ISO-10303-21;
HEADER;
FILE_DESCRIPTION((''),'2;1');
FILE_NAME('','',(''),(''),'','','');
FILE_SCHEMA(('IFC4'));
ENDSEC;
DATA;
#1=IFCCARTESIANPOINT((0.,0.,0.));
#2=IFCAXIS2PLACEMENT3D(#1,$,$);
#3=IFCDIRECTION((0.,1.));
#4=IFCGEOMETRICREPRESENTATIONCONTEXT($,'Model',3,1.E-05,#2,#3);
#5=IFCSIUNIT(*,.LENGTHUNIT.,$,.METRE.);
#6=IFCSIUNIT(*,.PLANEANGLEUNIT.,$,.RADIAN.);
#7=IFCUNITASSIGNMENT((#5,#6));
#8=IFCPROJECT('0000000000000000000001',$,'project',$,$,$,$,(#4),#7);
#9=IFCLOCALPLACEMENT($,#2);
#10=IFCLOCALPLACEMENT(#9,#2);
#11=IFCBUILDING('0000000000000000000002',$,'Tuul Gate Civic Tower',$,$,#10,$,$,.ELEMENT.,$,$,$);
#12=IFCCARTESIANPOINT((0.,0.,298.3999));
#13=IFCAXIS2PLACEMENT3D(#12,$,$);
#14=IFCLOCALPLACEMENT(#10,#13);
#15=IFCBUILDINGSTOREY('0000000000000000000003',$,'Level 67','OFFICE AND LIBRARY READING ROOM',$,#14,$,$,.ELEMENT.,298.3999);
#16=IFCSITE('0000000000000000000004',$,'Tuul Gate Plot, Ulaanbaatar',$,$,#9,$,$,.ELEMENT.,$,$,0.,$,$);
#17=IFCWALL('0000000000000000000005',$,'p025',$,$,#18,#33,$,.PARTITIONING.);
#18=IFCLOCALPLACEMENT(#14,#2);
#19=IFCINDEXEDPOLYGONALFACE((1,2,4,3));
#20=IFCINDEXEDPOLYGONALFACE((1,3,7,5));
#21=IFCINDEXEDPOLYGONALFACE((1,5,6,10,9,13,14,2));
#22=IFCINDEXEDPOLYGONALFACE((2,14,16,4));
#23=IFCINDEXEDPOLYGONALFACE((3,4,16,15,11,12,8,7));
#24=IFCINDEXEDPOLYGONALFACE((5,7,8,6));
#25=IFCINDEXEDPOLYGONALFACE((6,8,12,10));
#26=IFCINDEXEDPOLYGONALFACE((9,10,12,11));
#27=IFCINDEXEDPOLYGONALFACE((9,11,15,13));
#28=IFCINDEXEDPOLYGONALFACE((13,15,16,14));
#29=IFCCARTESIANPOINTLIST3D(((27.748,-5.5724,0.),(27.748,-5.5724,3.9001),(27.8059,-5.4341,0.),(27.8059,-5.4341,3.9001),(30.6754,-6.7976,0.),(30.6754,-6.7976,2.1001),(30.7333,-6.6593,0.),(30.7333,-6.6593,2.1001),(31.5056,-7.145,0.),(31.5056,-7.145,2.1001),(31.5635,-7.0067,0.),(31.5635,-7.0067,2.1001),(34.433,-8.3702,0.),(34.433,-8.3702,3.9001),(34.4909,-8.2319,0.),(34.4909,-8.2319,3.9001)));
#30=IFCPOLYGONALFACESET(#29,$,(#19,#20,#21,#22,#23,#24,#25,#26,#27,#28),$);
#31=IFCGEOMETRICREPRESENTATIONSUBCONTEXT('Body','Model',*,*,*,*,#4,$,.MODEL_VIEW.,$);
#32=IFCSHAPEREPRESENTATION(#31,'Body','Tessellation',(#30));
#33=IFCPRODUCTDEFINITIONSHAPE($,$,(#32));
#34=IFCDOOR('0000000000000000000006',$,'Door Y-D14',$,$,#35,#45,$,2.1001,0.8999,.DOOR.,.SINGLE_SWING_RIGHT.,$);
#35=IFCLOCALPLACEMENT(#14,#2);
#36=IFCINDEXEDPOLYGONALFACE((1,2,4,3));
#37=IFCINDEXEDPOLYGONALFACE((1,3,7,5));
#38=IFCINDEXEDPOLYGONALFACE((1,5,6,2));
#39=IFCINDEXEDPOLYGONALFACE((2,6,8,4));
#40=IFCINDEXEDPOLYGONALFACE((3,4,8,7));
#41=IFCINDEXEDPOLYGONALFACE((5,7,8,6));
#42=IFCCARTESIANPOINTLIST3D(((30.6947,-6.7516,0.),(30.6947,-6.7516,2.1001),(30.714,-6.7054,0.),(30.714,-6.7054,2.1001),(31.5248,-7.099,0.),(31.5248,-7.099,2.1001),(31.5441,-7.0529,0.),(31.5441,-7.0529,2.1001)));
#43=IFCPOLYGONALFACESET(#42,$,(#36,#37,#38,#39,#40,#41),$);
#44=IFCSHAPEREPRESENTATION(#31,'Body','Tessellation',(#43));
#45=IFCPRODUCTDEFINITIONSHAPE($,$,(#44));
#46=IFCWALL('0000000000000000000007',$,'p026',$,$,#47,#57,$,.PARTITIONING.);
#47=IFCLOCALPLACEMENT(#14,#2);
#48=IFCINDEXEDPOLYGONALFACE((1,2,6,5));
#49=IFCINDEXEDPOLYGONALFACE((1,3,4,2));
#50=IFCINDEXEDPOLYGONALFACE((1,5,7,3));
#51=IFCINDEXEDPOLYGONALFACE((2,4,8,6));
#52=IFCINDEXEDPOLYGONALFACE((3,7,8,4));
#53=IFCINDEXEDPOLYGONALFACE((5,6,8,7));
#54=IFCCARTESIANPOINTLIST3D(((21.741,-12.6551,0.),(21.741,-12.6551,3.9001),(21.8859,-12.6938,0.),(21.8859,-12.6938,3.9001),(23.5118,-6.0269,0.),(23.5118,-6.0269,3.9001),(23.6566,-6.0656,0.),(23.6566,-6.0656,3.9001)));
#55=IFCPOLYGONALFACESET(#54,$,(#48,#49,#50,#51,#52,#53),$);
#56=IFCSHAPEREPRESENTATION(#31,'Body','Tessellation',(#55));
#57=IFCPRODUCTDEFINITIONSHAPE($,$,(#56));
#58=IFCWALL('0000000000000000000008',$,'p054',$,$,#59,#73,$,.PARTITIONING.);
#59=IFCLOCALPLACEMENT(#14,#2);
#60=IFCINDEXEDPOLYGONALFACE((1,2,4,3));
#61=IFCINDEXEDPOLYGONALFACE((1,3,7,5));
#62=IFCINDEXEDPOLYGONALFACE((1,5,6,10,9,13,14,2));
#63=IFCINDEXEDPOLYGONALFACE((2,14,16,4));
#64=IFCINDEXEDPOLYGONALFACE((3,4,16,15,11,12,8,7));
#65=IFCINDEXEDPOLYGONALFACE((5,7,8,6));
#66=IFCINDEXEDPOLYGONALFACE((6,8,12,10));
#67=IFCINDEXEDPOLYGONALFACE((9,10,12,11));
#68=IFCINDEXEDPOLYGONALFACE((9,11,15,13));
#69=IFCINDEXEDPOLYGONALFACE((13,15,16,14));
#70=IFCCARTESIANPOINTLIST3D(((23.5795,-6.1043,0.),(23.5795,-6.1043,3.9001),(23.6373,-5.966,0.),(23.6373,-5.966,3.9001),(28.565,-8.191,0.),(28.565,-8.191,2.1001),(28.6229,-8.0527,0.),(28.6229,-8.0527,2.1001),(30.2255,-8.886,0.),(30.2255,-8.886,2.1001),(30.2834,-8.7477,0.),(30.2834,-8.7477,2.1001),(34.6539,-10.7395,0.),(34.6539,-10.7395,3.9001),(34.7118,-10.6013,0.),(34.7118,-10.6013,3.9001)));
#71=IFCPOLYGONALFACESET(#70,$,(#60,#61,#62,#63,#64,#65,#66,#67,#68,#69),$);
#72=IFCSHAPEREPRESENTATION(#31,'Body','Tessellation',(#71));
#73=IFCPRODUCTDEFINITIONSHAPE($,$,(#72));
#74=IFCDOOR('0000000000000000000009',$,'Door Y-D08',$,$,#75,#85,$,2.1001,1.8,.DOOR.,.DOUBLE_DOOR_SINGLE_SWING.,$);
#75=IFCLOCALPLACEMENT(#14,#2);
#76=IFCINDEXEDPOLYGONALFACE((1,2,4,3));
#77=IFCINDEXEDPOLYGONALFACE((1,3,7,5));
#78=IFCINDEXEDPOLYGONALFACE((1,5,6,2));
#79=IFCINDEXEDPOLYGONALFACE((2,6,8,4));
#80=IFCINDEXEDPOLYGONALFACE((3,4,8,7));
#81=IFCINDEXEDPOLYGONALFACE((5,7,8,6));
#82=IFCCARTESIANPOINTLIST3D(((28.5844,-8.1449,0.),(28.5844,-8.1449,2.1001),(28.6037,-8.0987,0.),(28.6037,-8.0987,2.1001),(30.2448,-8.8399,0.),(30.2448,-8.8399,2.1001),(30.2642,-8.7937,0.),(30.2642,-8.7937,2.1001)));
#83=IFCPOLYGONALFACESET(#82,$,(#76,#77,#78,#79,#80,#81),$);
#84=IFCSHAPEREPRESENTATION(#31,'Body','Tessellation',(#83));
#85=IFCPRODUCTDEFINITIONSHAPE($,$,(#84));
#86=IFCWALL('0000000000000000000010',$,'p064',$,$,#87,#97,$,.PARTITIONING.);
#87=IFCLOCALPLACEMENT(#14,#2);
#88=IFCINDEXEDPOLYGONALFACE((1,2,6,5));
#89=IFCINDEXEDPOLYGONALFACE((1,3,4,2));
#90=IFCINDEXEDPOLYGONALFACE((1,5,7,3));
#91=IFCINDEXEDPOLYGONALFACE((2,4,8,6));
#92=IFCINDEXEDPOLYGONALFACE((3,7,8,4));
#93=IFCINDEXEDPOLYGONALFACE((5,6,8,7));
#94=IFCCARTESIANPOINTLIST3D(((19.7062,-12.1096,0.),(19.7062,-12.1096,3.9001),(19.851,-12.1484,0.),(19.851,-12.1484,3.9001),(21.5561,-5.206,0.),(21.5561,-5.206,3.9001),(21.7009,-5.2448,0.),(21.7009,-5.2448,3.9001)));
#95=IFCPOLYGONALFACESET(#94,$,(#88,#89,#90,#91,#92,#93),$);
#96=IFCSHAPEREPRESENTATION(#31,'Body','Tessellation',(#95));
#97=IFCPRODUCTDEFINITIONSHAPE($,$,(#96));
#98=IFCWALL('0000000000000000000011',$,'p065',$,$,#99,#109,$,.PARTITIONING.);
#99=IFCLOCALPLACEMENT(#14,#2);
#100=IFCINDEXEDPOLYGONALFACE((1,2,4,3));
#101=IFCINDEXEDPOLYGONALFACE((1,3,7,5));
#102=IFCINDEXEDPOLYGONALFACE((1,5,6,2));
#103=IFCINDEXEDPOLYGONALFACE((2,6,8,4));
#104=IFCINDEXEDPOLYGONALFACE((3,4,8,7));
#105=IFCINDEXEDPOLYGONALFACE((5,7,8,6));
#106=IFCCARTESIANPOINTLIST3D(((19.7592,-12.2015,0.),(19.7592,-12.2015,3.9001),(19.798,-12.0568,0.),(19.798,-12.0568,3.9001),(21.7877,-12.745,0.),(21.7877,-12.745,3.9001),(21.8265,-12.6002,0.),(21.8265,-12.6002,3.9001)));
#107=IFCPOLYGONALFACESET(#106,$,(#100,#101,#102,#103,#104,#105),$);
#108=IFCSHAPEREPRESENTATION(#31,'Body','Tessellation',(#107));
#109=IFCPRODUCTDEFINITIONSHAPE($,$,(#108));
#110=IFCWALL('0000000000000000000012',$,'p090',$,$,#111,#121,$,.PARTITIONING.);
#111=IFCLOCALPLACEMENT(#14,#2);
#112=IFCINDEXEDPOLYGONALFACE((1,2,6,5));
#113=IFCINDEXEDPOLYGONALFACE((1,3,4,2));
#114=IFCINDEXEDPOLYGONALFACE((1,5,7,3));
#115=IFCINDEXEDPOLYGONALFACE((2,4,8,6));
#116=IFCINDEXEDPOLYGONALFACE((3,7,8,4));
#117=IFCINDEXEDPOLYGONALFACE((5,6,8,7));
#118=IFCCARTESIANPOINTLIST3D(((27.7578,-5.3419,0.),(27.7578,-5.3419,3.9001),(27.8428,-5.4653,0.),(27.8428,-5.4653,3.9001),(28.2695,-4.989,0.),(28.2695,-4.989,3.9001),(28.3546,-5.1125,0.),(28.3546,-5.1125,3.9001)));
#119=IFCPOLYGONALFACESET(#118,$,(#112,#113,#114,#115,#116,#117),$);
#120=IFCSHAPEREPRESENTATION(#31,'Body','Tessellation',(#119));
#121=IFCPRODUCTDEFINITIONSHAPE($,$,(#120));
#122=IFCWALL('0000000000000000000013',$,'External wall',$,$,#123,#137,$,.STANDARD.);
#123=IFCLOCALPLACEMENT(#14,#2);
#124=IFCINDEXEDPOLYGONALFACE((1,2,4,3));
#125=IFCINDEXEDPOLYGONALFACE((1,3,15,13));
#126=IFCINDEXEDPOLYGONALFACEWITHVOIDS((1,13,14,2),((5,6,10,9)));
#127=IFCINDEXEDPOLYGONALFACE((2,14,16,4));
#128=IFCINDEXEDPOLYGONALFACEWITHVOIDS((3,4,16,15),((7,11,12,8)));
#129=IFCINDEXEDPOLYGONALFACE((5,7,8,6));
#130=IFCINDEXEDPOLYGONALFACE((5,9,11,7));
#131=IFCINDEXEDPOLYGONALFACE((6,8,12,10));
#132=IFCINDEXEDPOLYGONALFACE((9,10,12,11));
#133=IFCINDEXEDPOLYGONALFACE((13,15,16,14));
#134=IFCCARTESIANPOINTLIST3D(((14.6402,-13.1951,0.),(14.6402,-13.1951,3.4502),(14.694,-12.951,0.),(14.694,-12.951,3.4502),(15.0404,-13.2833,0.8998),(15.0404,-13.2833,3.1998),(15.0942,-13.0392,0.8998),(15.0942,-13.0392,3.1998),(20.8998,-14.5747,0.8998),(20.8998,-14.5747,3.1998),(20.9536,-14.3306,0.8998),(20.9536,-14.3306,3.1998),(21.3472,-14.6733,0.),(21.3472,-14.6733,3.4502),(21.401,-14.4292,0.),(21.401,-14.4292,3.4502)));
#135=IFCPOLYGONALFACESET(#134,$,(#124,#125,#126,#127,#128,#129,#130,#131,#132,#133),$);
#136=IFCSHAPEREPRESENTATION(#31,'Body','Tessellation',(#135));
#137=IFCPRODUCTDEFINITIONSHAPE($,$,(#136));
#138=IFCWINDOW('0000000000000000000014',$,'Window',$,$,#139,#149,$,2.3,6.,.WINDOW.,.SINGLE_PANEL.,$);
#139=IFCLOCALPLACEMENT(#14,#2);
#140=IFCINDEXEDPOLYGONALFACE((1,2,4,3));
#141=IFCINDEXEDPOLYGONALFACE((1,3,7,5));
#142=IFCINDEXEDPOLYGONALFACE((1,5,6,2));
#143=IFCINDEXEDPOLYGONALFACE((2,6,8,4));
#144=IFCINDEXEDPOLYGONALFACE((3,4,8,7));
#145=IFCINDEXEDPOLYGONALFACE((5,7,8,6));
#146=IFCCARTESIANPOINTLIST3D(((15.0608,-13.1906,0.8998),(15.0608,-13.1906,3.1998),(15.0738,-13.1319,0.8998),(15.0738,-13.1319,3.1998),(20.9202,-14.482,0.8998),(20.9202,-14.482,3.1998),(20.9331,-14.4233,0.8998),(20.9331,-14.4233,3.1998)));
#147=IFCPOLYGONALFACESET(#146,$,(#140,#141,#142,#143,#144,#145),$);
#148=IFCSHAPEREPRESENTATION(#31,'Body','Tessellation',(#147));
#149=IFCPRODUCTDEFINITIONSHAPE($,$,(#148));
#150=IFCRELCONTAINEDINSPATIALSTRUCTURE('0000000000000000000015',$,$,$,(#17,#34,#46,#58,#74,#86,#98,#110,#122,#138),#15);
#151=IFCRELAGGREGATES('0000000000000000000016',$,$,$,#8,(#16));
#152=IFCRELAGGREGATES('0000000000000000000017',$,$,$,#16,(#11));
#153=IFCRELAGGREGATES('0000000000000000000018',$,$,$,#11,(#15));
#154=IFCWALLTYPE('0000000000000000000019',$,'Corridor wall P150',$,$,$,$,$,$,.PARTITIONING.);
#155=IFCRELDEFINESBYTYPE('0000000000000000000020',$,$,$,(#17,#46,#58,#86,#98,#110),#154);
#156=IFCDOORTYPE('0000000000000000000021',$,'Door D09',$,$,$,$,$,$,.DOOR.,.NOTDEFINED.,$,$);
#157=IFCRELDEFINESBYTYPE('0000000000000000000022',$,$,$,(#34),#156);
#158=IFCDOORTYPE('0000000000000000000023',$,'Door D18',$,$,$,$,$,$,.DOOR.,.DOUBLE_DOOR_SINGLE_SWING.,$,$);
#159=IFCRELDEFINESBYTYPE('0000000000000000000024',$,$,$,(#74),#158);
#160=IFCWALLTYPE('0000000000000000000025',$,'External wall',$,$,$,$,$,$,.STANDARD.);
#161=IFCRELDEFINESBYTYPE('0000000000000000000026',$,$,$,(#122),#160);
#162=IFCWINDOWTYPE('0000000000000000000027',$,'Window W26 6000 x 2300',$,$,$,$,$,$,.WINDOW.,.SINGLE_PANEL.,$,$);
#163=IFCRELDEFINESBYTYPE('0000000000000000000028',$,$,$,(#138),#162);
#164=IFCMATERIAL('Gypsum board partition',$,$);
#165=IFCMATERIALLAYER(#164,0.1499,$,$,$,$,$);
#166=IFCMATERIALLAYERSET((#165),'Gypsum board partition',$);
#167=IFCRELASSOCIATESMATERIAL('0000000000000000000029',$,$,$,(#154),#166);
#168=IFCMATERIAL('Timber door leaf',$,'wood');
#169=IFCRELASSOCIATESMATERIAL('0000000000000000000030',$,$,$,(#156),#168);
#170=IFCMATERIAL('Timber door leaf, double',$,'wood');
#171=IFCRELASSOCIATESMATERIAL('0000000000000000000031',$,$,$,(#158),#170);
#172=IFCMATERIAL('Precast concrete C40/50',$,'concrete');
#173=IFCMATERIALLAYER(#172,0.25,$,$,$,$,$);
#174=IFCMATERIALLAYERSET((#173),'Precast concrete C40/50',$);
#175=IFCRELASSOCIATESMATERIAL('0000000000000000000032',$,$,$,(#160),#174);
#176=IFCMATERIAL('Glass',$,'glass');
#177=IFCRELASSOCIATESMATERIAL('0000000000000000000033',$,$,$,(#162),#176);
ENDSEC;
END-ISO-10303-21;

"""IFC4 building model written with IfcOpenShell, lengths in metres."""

from ifc_helpers import new_model, si_unit, direction, frame, frame_2d, origin, place, context, subcontext, project, spatial, rectangle, extrude, material, layer, layer_set, type_object, element, fill, save


model = new_model("IFC4")

# Units and contexts
model_context = context("Model", 3, precision=1e-05, world=origin(), true_north=direction((0.0, 1.0)))
body_context = subcontext(model_context, "Body", "Model", "MODEL_VIEW")
ifc_project = project(units=[si_unit("LENGTHUNIT", "METRE"), si_unit("PLANEANGLEUNIT", "RADIAN")], contexts=[model_context])

# Site, building, storey
site_placement = place(None, origin())
site = spatial("IfcSite", under=ifc_project, at=site_placement, Name="Tuul Gate Plot, Ulaanbaatar", CompositionType="ELEMENT", RefElevation=0.0)
building_placement = place(site_placement, origin())
building = spatial("IfcBuilding", under=site, at=building_placement, Name="Tuul Gate Civic Tower", CompositionType="ELEMENT")
storey_placement = place(building_placement, frame((0.0, 0.0, 298.3999)))
storey = spatial("IfcBuildingStorey", under=building, at=storey_placement, Name="Level 67", Description="OFFICE AND LIBRARY READING ROOM", CompositionType="ELEMENT", Elevation=298.3999)

# Wall, opening, door
ifc_material_1 = material(Name="Gypsum board partition")
ifc_layer_1 = layer(ifc_material_1, 0.1499)
ifc_layer_set_1 = layer_set([ifc_layer_1], Name="Gypsum board partition")
wall_type_1 = type_object("IfcWallType", Name="Corridor wall P150", PredefinedType="PARTITIONING", material=ifc_layer_set_1)
wall_1_placement = place(storey_placement, frame((27.7769, -5.5032, 0.0), z_axis=(0.0, 0.0, 1.0), x_axis=(0.922468, -0.386074, 0.0)))
wall_1 = element("IfcWall", 1, at=wall_1_placement, inside=storey, type_object=wall_type_1, Name="p025", PredefinedType="PARTITIONING", context=body_context, shape_type="SweptSolid", body=[
    extrude(rectangle(XDim=7.2468, YDim=0.1499, at=frame_2d((3.6235, 0.0))), origin(), (0.0, 0.0, 1.0), 3.9001),
])
opening_1_placement = place(wall_1_placement, frame((3.1736, 0.0, 0.0)))
opening_1 = element("IfcOpeningElement", 2, at=opening_1_placement, cuts=wall_1, PredefinedType="OPENING", context=body_context, shape_type="SweptSolid", body=[
    extrude(rectangle(XDim=0.8999, YDim=2.1001, at=frame_2d((0.45, 1.05))), frame((0.0, 0.085, 0.0), z_axis=(0.0, -1.0, 0.0), x_axis=(1.0, 0.0, 0.0)), (0.0, 0.0, 1.0), 0.1699),
])
ifc_material_2 = material(Name="Timber door leaf", Category="wood")
door_type_1 = type_object("IfcDoorType", Name="Door D09", OperationType="NOTDEFINED", PredefinedType="DOOR", material=ifc_material_2)
door_1_placement = place(opening_1_placement, origin())
door_1 = element("IfcDoor", 3, at=door_1_placement, inside=storey, type_object=door_type_1, Name="Door Y-D14", OperationType="SINGLE_SWING_RIGHT", OverallHeight=2.1001, OverallWidth=0.8999, PredefinedType="DOOR", context=body_context, shape_type="SweptSolid", body=[
    extrude(rectangle(XDim=0.8999, YDim=2.1001, at=frame_2d((0.45, 1.05))), frame((0.0, 0.0249, 0.0), z_axis=(0.0, -1.0, 0.0), x_axis=(1.0, 0.0, 0.0)), (0.0, 0.0, 1.0), 0.05),
])
fill(opening_1, door_1)

# Wall
wall_2_placement = place(storey_placement, frame((21.8135, -12.6743, 0.0), z_axis=(0.0, 0.0, 1.0), x_axis=(0.258103, 0.966117, 0.0)))
element("IfcWall", 4, at=wall_2_placement, inside=storey, type_object=wall_type_1, Name="p026", PredefinedType="PARTITIONING", context=body_context, shape_type="SweptSolid", body=[
    extrude(rectangle(XDim=6.8606, YDim=0.1499, at=frame_2d((3.4302, 0.0))), origin(), (0.0, 0.0, 1.0), 3.9001),
])

# Wall, opening, door
wall_3_placement = place(storey_placement, frame((23.6084, -6.0352, 0.0), z_axis=(0.0, 0.0, 1.0), x_axis=(0.922458, -0.386098, 0.0)))
wall_3 = element("IfcWall", 5, at=wall_3_placement, inside=storey, type_object=wall_type_1, Name="p054", PredefinedType="PARTITIONING", context=body_context, shape_type="SweptSolid", body=[
    extrude(rectangle(XDim=12.0054, YDim=0.1499, at=frame_2d((6.0027, 0.0))), origin(), (0.0, 0.0, 1.0), 3.9001),
])
opening_2_placement = place(wall_3_placement, frame((5.4048, 0.0, 0.0)))
opening_2 = element("IfcOpeningElement", 6, at=opening_2_placement, cuts=wall_3, PredefinedType="OPENING", context=body_context, shape_type="SweptSolid", body=[
    extrude(rectangle(XDim=1.8, YDim=2.1001, at=frame_2d((0.8999, 1.05))), frame((0.0, 0.085, 0.0), z_axis=(0.0, -1.0, 0.0), x_axis=(1.0, 0.0, 0.0)), (0.0, 0.0, 1.0), 0.1699),
])
ifc_material_3 = material(Name="Timber door leaf, double", Category="wood")
door_type_2 = type_object("IfcDoorType", Name="Door D18", OperationType="DOUBLE_DOOR_SINGLE_SWING", PredefinedType="DOOR", material=ifc_material_3)
door_2_placement = place(opening_2_placement, frame((1.8, 0.0, 0.0), z_axis=(0.0, 0.0, 1.0), x_axis=(-1.0, 0.0, 0.0)))
door_2 = element("IfcDoor", 7, at=door_2_placement, inside=storey, type_object=door_type_2, Name="Door Y-D08", OperationType="DOUBLE_DOOR_SINGLE_SWING", OverallHeight=2.1001, OverallWidth=1.8, PredefinedType="DOOR", context=body_context, shape_type="SweptSolid", body=[
    extrude(rectangle(XDim=1.8, YDim=2.1001, at=frame_2d((0.9001, 1.05))), frame((0.0, 0.0249, 0.0), z_axis=(0.0, -1.0, 0.0), x_axis=(1.0, 0.0, 0.0)), (0.0, 0.0, 1.0), 0.05),
])
fill(opening_2, door_2)

# Walls
wall_4_placement = place(storey_placement, frame((19.7786, -12.1292, 0.0), z_axis=(0.0, 0.0, 1.0), x_axis=(0.258825, 0.965924, 0.0)))
element("IfcWall", 8, at=wall_4_placement, inside=storey, type_object=wall_type_1, Name="p064", PredefinedType="PARTITIONING", context=body_context, shape_type="SweptSolid", body=[
    extrude(rectangle(XDim=7.1472, YDim=0.1499, at=frame_2d((3.5737, 0.0))), origin(), (0.0, 0.0, 1.0), 3.9001),
])
wall_5_placement = place(storey_placement, frame((19.7786, -12.1292, 0.0), z_axis=(0.0, 0.0, 1.0), x_axis=(0.965937, -0.258777, 0.0)))
element("IfcWall", 9, at=wall_5_placement, inside=storey, type_object=wall_type_1, Name="p065", PredefinedType="PARTITIONING", context=body_context, shape_type="SweptSolid", body=[
    extrude(rectangle(XDim=2.1001, YDim=0.1499, at=frame_2d((1.05, 0.0))), origin(), (0.0, 0.0, 1.0), 3.9001),
])
wall_6_placement = place(storey_placement, frame((27.8003, -5.4036, 0.0), z_axis=(0.0, 0.0, 1.0), x_axis=(0.823308, 0.567595, 0.0)))
element("IfcWall", 10, at=wall_6_placement, inside=storey, type_object=wall_type_1, Name="p090", PredefinedType="PARTITIONING", context=body_context, shape_type="SweptSolid", body=[
    extrude(rectangle(XDim=0.6216, YDim=0.1499, at=frame_2d((0.3108, 0.0))), origin(), (0.0, 0.0, 1.0), 3.9001),
])

# Wall, opening, window
ifc_material_4 = material(Name="Precast concrete C40/50", Category="concrete")
ifc_layer_2 = layer(ifc_material_4, 0.25)
ifc_layer_set_2 = layer_set([ifc_layer_2], Name="Precast concrete C40/50")
wall_type_2 = type_object("IfcWallType", Name="External wall", PredefinedType="STANDARD", material=ifc_layer_set_2)
wall_7_placement = place(storey_placement, frame((14.667, -13.073, 0.0), z_axis=(0.0, 0.0, 1.0), x_axis=(0.976561, -0.21524, 0.0)))
wall_7 = element("IfcWall", 11, at=wall_7_placement, inside=storey, type_object=wall_type_2, Name="External wall", PredefinedType="STANDARD", context=body_context, shape_type="SweptSolid", body=[
    extrude(rectangle(XDim=6.8679, YDim=0.25, at=frame_2d((3.4341, 0.0))), origin(), (0.0, 0.0, 1.0), 3.4502),
])
opening_3_placement = place(wall_7_placement, frame((0.4099, 0.0, 0.8999)))
opening_3 = element("IfcOpeningElement", 12, at=opening_3_placement, cuts=wall_7, PredefinedType="OPENING", context=body_context, shape_type="SweptSolid", body=[
    extrude(rectangle(XDim=6.0, YDim=2.3, at=frame_2d((3.0, 1.1499))), frame((0.0, 0.135, 0.0), z_axis=(0.0, -1.0, 0.0), x_axis=(1.0, 0.0, 0.0)), (0.0, 0.0, 1.0), 0.27),
])
ifc_material_5 = material(Name="Glass", Category="glass")
window_type = type_object("IfcWindowType", Name="Window W26 6000 x 2300", PartitioningType="SINGLE_PANEL", PredefinedType="WINDOW", material=ifc_material_5)
window_1_placement = place(opening_3_placement, origin())
window_1 = element("IfcWindow", 13, at=window_1_placement, inside=storey, type_object=window_type, Name="Window", OverallHeight=2.3, OverallWidth=6.0, PartitioningType="SINGLE_PANEL", PredefinedType="WINDOW", context=body_context, shape_type="SweptSolid", body=[
    extrude(rectangle(XDim=6.0, YDim=2.3, at=frame_2d((3.0, 1.1499))), frame((0.0, 0.03, 0.0), z_axis=(0.0, -1.0, 0.0), x_axis=(1.0, 0.0, 0.0)), (0.0, 0.0, 1.0), 0.0601),
])
fill(opening_3, window_1)

save(model, "model.ifc")
